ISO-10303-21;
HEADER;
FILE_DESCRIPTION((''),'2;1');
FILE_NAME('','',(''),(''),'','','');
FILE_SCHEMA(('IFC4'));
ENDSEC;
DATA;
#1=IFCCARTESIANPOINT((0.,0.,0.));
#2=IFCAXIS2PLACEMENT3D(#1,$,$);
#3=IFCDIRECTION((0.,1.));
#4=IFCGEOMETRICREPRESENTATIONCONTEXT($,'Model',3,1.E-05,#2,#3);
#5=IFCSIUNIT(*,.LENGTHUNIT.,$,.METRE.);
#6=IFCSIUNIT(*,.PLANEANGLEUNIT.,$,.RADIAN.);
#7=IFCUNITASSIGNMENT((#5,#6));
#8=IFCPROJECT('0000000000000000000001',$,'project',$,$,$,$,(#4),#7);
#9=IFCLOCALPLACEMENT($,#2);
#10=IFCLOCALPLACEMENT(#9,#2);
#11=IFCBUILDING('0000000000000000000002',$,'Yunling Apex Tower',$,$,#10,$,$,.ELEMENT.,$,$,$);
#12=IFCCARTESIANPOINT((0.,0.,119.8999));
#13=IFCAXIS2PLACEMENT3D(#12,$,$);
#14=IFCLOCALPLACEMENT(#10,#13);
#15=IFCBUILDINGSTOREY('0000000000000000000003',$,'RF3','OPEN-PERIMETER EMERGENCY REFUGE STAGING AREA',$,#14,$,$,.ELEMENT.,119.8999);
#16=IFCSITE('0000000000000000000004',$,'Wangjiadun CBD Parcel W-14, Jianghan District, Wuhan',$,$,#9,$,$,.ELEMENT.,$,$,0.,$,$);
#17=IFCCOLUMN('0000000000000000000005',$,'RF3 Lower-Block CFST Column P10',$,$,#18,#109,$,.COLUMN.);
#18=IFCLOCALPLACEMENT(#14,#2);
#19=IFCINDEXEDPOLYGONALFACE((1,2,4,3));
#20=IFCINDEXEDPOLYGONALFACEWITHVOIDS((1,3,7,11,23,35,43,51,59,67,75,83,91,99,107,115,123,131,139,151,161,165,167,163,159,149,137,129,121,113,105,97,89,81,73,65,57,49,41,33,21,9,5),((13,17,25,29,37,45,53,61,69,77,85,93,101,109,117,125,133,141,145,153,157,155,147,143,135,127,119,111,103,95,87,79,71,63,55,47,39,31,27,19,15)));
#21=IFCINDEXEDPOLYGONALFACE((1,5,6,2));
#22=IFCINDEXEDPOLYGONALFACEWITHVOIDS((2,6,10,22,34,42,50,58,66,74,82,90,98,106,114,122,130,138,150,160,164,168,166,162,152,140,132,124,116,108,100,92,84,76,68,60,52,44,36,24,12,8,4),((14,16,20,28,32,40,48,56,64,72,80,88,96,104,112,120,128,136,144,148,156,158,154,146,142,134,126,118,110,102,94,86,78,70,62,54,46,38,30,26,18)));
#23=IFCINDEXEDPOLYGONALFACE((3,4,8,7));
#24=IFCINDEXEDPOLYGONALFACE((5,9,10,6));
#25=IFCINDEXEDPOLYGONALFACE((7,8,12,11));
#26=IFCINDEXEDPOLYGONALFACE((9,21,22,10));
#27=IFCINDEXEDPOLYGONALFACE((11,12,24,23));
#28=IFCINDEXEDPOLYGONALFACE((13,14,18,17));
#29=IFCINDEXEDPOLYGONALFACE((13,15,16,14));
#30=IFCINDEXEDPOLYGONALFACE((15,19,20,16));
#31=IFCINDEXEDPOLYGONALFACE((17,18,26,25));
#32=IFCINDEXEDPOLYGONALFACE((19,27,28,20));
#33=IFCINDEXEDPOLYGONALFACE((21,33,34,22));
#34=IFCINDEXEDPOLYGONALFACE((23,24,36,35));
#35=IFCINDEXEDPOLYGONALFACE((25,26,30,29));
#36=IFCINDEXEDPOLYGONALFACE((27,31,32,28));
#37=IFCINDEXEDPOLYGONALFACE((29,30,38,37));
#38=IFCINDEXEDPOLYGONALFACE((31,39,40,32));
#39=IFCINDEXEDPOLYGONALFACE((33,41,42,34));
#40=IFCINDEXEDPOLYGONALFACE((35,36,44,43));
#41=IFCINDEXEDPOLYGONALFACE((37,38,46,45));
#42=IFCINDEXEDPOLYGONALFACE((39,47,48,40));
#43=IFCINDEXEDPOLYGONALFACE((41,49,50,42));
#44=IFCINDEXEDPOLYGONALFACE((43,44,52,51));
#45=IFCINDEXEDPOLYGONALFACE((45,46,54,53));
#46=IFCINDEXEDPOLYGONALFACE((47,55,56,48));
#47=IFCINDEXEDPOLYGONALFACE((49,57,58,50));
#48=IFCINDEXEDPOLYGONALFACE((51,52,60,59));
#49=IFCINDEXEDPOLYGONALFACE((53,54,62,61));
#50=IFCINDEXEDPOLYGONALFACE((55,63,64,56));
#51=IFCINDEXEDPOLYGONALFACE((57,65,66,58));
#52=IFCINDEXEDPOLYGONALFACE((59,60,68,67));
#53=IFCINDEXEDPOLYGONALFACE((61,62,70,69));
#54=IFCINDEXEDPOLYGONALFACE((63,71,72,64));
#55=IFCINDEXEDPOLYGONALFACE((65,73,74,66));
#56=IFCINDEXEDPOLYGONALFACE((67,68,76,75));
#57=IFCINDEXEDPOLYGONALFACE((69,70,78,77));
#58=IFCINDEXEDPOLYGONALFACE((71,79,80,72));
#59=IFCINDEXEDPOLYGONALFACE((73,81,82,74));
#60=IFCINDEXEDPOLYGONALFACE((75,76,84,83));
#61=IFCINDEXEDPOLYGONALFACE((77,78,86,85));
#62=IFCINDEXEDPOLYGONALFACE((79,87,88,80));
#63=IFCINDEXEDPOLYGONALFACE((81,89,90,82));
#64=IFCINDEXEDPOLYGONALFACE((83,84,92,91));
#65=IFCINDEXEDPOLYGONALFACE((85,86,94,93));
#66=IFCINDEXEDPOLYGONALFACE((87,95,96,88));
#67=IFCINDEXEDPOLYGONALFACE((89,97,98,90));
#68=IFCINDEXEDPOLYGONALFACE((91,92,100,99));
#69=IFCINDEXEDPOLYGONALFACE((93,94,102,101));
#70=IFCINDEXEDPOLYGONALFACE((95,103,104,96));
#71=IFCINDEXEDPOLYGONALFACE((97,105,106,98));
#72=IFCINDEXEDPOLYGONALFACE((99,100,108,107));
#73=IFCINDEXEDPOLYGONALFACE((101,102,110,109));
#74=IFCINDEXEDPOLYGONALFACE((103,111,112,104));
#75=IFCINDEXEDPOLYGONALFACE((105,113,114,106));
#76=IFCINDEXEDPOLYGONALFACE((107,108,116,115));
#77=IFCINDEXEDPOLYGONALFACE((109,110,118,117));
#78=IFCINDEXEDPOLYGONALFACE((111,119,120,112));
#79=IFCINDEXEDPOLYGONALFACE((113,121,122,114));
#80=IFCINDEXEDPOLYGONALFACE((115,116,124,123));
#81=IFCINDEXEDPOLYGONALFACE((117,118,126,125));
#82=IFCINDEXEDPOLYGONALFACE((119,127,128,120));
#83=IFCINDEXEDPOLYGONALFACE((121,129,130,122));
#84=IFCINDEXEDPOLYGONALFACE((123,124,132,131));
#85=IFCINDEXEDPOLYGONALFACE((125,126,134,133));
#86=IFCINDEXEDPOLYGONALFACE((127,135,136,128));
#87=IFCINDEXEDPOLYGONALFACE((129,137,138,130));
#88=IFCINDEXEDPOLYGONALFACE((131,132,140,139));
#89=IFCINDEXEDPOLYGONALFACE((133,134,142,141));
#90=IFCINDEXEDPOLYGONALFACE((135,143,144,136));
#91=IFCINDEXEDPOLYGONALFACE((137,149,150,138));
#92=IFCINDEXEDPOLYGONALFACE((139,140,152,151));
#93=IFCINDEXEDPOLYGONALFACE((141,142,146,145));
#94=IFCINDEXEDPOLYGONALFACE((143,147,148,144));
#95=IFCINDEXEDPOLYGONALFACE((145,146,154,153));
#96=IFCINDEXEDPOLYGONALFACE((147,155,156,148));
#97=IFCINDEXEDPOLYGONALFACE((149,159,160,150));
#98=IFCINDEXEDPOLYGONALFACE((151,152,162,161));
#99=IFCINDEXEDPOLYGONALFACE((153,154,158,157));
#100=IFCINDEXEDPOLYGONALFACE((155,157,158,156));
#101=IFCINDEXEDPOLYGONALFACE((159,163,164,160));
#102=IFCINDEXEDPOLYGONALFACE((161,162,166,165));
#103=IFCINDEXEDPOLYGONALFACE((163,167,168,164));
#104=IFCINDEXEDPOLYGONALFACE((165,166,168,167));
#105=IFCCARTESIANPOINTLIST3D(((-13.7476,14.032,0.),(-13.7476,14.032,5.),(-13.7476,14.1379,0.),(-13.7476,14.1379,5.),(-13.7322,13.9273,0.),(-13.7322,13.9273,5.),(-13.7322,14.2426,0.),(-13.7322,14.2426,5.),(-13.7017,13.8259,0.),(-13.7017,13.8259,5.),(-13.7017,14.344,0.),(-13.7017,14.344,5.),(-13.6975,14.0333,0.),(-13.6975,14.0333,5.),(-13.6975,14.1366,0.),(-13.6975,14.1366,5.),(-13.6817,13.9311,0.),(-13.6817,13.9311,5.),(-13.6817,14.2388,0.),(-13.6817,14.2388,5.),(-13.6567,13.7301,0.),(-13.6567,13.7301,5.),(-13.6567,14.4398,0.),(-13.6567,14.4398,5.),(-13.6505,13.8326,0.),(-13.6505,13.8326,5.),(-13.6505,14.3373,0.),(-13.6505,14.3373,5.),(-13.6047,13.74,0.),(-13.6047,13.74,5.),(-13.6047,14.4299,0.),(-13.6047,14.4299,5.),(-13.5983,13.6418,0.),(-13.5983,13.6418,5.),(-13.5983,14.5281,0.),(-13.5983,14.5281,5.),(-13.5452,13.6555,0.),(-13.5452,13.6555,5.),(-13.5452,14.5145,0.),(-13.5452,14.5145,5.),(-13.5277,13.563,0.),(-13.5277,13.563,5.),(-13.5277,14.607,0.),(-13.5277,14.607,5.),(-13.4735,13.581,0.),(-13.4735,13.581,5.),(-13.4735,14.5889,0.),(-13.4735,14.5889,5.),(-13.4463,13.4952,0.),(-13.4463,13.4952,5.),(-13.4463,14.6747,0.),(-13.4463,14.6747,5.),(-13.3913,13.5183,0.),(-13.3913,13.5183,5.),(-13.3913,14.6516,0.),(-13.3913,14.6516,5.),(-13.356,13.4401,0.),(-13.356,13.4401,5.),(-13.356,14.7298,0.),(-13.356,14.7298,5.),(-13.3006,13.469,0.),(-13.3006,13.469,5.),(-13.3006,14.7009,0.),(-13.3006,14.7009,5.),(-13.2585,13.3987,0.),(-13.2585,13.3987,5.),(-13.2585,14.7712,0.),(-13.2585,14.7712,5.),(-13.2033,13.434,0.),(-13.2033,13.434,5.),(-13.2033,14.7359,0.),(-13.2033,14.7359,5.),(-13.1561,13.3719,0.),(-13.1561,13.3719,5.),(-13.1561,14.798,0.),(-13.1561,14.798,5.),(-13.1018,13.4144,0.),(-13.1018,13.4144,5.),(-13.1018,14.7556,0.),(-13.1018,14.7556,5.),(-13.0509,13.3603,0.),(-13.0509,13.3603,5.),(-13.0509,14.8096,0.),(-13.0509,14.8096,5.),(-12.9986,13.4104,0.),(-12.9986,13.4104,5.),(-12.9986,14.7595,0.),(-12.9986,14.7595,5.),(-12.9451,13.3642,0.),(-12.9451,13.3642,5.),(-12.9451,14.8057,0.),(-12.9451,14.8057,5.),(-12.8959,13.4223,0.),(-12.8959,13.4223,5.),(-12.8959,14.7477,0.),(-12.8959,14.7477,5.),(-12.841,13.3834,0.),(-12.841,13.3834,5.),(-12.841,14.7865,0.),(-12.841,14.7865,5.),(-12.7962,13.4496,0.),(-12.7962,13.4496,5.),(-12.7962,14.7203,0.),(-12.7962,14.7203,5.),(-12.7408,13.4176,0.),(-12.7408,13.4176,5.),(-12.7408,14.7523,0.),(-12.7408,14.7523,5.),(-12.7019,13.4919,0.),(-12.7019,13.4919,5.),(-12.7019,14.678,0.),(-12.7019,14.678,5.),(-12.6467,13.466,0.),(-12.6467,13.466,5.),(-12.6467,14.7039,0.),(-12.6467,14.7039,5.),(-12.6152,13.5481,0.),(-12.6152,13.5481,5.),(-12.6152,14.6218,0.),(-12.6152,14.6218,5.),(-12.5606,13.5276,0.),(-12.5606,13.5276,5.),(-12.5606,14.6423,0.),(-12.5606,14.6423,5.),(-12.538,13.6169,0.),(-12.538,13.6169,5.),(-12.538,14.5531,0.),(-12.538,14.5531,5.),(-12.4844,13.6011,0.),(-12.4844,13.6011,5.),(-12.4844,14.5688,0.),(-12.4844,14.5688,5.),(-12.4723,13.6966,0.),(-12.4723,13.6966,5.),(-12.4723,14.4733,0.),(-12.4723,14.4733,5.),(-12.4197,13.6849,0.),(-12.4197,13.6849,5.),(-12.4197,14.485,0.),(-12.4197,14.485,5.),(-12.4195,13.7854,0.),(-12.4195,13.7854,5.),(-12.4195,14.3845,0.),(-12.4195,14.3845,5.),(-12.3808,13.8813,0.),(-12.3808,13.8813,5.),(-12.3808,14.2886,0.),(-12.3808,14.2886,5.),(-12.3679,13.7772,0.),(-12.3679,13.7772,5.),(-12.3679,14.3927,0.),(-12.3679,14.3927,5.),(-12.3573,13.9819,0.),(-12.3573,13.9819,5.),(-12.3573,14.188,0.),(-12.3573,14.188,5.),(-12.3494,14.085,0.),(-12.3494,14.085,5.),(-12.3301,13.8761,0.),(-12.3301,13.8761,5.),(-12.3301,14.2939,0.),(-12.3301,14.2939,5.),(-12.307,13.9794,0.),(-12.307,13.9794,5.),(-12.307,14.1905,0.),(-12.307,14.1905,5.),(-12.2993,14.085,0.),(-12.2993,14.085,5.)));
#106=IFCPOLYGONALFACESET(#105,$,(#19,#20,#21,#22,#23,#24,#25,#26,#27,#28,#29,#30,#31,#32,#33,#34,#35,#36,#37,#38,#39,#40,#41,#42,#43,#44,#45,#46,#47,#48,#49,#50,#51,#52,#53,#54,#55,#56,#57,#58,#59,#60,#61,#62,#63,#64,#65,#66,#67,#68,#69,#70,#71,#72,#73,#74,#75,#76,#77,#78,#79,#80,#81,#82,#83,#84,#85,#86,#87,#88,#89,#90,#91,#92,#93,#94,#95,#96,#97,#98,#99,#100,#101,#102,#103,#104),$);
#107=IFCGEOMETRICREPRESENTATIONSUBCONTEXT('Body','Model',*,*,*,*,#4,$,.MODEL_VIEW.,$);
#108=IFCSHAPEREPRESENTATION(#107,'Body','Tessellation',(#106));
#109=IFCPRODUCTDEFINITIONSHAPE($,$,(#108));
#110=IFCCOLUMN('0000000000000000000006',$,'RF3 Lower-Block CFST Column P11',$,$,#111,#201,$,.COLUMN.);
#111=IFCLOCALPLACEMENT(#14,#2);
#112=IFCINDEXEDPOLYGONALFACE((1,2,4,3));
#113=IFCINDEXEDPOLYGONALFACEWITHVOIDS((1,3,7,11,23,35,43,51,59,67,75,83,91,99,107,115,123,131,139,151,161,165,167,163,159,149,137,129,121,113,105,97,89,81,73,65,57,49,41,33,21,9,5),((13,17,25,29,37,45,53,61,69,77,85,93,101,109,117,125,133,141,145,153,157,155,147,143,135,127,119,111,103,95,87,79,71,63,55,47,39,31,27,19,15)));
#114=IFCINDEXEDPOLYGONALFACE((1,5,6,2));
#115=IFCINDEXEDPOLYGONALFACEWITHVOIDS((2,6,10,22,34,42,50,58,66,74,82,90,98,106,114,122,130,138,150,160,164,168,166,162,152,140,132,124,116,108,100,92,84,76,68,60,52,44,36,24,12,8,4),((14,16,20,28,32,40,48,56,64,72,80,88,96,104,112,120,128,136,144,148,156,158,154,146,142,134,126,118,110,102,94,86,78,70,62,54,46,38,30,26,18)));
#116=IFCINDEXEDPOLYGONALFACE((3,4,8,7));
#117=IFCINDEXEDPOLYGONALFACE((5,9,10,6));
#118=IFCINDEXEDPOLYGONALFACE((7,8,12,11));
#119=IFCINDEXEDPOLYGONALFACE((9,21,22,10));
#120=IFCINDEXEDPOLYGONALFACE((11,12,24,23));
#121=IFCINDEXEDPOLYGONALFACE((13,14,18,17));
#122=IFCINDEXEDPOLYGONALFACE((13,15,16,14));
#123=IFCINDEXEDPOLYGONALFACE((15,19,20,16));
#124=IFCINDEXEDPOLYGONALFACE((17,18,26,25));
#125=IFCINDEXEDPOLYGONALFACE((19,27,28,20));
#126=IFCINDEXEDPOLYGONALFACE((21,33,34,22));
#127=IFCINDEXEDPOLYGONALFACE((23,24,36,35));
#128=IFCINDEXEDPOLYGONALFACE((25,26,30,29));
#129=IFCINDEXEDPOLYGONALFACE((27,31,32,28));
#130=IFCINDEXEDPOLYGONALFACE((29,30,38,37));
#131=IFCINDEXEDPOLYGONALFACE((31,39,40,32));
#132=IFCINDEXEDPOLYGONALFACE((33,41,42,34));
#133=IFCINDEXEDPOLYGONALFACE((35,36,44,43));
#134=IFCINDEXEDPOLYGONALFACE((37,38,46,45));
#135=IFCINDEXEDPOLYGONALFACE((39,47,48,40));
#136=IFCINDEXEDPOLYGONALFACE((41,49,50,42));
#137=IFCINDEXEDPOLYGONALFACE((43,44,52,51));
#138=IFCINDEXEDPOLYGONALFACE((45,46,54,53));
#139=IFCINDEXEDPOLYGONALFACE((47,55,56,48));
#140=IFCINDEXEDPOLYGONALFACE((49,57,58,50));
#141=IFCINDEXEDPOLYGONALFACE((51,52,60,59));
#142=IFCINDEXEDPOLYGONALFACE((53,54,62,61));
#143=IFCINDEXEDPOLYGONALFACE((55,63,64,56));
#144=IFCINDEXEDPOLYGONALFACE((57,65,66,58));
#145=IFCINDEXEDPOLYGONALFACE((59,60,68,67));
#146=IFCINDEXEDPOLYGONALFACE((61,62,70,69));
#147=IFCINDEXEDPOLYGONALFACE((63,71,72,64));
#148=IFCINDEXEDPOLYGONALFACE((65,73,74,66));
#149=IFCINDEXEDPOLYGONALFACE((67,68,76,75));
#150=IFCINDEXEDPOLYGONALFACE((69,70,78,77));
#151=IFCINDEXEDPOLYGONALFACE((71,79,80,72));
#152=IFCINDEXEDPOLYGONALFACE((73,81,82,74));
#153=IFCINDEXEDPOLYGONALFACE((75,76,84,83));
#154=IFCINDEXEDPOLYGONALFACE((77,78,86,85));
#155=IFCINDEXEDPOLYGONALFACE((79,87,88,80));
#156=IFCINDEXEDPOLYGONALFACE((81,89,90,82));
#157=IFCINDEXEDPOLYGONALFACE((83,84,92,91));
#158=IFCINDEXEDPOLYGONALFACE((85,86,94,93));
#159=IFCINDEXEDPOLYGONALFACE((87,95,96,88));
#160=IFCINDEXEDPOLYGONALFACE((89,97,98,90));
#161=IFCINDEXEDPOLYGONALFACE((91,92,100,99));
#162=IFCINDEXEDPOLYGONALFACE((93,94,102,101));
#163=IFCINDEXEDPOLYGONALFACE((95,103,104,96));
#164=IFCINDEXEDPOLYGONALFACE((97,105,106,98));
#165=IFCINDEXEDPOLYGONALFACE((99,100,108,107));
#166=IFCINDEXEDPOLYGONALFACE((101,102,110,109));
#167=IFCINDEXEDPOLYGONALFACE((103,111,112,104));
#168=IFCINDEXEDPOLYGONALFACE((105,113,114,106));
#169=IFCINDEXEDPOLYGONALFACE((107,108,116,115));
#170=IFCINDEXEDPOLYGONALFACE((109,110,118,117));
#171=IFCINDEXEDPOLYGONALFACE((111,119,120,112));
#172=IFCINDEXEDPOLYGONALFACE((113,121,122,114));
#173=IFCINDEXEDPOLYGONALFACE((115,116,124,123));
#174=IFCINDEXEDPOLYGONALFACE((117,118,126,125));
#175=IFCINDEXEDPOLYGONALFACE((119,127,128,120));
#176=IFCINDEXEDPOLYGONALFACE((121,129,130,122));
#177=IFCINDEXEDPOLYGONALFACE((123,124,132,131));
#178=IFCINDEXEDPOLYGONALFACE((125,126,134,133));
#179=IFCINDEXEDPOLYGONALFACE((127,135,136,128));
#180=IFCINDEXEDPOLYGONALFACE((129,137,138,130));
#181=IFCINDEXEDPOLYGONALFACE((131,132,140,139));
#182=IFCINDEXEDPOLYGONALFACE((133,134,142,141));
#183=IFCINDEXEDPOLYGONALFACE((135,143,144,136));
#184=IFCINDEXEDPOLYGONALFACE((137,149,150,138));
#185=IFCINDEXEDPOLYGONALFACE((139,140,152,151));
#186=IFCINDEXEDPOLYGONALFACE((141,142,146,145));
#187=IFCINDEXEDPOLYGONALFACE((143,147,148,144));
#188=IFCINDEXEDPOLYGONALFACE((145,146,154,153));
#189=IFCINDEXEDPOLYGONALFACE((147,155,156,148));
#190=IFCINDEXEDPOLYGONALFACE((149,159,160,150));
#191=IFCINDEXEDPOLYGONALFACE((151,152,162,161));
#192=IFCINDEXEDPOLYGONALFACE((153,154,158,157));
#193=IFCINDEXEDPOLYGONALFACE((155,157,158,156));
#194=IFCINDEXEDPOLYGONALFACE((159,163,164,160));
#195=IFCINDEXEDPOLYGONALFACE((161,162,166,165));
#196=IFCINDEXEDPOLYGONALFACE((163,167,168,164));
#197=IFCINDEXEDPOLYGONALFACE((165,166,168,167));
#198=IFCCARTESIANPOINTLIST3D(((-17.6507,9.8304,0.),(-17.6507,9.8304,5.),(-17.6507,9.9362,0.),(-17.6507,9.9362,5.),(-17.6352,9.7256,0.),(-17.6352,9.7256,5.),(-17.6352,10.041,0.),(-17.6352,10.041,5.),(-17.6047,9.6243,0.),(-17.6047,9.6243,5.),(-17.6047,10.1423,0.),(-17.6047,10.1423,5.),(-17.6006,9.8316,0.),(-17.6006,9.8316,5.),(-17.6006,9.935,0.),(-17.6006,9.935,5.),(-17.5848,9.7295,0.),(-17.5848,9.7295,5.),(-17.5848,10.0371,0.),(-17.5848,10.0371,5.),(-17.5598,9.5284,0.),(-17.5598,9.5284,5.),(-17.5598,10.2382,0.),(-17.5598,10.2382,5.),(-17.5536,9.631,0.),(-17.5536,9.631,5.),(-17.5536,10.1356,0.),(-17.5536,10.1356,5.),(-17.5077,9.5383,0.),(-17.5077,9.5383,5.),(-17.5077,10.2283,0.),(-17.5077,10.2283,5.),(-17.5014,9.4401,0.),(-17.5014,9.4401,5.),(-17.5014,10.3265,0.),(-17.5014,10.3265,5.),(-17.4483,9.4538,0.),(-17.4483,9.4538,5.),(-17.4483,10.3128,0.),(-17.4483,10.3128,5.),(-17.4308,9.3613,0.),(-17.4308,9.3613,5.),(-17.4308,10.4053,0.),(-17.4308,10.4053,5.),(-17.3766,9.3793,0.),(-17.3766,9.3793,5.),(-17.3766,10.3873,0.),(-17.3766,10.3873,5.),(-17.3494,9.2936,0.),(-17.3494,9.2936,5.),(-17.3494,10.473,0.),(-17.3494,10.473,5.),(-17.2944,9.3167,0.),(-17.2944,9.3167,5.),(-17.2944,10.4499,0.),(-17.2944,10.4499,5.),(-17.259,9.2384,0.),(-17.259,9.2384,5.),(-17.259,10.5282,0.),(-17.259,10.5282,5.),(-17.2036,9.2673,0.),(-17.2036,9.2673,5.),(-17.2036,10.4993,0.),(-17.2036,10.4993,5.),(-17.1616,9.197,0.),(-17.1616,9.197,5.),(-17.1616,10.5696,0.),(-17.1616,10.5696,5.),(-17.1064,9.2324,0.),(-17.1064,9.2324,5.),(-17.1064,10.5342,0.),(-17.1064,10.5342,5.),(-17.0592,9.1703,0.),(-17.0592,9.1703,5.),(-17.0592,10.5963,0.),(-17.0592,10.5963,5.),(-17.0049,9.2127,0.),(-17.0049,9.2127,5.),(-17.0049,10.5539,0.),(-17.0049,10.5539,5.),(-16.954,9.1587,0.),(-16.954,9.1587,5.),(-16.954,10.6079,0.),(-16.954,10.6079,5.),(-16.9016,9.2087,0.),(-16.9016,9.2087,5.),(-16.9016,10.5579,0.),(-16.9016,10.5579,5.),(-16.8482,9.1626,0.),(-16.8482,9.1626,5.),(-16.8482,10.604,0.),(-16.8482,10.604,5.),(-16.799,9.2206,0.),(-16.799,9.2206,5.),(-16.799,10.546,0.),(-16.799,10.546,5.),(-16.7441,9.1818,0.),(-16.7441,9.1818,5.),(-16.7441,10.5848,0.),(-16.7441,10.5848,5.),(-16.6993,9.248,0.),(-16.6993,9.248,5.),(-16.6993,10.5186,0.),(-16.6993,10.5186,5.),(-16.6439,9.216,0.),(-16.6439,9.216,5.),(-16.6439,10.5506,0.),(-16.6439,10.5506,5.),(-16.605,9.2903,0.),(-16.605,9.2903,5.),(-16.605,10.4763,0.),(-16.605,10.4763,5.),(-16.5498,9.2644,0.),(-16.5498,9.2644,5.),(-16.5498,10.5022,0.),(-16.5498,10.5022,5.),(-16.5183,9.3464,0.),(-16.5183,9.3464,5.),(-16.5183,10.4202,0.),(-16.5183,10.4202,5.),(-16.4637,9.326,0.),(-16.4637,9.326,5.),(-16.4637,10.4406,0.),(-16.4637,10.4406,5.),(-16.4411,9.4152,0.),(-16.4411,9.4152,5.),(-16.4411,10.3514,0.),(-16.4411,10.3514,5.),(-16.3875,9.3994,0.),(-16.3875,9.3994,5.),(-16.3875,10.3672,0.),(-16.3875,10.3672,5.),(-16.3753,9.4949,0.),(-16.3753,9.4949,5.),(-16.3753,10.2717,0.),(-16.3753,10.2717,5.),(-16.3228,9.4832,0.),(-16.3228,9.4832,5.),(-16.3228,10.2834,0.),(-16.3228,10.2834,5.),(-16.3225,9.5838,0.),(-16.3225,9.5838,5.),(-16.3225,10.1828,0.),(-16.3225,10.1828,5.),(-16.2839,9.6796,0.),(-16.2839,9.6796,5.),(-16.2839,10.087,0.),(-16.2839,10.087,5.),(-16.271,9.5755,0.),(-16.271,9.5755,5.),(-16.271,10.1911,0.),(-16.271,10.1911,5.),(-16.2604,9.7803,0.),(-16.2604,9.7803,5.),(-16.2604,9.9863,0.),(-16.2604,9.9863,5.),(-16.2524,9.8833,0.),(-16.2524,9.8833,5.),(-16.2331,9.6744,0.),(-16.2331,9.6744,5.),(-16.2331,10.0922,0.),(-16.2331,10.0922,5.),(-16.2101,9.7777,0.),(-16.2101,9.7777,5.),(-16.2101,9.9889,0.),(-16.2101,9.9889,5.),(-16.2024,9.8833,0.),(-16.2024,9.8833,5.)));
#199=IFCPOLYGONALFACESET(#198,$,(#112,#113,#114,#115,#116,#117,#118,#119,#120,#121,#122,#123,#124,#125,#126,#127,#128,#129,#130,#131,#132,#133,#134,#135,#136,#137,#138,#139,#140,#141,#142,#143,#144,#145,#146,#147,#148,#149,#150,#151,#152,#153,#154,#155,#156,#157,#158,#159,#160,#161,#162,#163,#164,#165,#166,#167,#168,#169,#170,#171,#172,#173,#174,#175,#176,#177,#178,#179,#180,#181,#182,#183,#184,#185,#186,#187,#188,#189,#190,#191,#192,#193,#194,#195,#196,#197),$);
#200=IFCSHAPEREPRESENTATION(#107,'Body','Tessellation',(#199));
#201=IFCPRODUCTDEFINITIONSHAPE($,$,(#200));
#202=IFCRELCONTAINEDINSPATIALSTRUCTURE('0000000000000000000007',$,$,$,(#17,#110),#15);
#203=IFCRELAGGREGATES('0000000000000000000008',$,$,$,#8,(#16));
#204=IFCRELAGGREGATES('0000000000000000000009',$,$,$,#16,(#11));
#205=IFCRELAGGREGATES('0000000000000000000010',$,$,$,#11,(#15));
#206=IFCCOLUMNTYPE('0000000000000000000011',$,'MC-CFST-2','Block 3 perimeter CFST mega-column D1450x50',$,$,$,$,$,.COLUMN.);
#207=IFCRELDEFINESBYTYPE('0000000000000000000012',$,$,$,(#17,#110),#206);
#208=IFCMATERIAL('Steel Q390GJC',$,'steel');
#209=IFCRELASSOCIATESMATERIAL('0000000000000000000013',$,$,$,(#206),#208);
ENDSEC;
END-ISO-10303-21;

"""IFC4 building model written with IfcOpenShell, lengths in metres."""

from ifc_helpers import new_model, si_unit, direction, frame, origin, origin_2d, place, context, subcontext, project, spatial, hollow_circle, extrude, source, transform, mapped, material, material_profile, profile_set, type_object, element, save


model = new_model("IFC4")

# Units and contexts
model_context = context("Model", 3, precision=1e-05, world=origin(), true_north=direction((0.0, 1.0)))
body_context = subcontext(model_context, "Body", "Model", "MODEL_VIEW")
ifc_project = project(units=[si_unit("LENGTHUNIT", "METRE"), si_unit("PLANEANGLEUNIT", "RADIAN")], contexts=[model_context])

# Site, building, storey
site_placement = place(None, origin())
site = spatial("IfcSite", under=ifc_project, at=site_placement, Name="Wangjiadun CBD Parcel W-14, Jianghan District, Wuhan", CompositionType="ELEMENT", RefElevation=0.0)
building_placement = place(site_placement, origin())
building = spatial("IfcBuilding", under=site, at=building_placement, Name="Yunling Apex Tower", CompositionType="ELEMENT")
storey_placement = place(building_placement, frame((0.0, 0.0, 119.8999)))
storey = spatial("IfcBuildingStorey", under=building, at=storey_placement, Name="RF3", Description="OPEN-PERIMETER EMERGENCY REFUGE STAGING AREA", CompositionType="ELEMENT", Elevation=119.8999)

# Columns
ifc_material_1 = material(Name="Steel Q390GJC", Category="steel")
ifc_material_profile_1 = material_profile(ifc_material_1, hollow_circle(Radius=0.7251, WallThickness=0.05, at=origin_2d()))
ifc_profile_set_1 = profile_set([ifc_material_profile_1], Name="Steel Q390GJC")
column_type = type_object("IfcColumnType", Name="MC-CFST-2", Description="Block 3 perimeter CFST mega-column D1450x50", PredefinedType="COLUMN", material=ifc_profile_set_1)
shared_shape_1 = source(origin(), body_context, "Body", "SweptSolid", [
    extrude(hollow_circle(Radius=0.7251, WallThickness=0.05, at=origin_2d()), origin(), (0.0, 0.0, 1.0), 5.0),
])
for number, where, z_axis, x_axis, name in (
    (1, (-13.0244, 14.085, 0.0), (0.0, 0.0, 1.0), (1.0, 0.0, 0.0), "RF3 Lower-Block CFST Column P10"),
    (2, (-16.9275, 9.8833, 0.0), (0.0, 0.0, 1.0), (1.0, 0.0, 0.0), "RF3 Lower-Block CFST Column P11"),
):
    element("IfcColumn", number, at=place(storey_placement, frame(where, z_axis=z_axis, x_axis=x_axis)), inside=storey, type_object=column_type, Name=name, PredefinedType="COLUMN", context=body_context, shape_type="MappedRepresentation", body=[
        mapped(shared_shape_1, transform((0.0, 0.0, 0.0), scale=1.0)),
    ])

save(model, "model.ifc")
